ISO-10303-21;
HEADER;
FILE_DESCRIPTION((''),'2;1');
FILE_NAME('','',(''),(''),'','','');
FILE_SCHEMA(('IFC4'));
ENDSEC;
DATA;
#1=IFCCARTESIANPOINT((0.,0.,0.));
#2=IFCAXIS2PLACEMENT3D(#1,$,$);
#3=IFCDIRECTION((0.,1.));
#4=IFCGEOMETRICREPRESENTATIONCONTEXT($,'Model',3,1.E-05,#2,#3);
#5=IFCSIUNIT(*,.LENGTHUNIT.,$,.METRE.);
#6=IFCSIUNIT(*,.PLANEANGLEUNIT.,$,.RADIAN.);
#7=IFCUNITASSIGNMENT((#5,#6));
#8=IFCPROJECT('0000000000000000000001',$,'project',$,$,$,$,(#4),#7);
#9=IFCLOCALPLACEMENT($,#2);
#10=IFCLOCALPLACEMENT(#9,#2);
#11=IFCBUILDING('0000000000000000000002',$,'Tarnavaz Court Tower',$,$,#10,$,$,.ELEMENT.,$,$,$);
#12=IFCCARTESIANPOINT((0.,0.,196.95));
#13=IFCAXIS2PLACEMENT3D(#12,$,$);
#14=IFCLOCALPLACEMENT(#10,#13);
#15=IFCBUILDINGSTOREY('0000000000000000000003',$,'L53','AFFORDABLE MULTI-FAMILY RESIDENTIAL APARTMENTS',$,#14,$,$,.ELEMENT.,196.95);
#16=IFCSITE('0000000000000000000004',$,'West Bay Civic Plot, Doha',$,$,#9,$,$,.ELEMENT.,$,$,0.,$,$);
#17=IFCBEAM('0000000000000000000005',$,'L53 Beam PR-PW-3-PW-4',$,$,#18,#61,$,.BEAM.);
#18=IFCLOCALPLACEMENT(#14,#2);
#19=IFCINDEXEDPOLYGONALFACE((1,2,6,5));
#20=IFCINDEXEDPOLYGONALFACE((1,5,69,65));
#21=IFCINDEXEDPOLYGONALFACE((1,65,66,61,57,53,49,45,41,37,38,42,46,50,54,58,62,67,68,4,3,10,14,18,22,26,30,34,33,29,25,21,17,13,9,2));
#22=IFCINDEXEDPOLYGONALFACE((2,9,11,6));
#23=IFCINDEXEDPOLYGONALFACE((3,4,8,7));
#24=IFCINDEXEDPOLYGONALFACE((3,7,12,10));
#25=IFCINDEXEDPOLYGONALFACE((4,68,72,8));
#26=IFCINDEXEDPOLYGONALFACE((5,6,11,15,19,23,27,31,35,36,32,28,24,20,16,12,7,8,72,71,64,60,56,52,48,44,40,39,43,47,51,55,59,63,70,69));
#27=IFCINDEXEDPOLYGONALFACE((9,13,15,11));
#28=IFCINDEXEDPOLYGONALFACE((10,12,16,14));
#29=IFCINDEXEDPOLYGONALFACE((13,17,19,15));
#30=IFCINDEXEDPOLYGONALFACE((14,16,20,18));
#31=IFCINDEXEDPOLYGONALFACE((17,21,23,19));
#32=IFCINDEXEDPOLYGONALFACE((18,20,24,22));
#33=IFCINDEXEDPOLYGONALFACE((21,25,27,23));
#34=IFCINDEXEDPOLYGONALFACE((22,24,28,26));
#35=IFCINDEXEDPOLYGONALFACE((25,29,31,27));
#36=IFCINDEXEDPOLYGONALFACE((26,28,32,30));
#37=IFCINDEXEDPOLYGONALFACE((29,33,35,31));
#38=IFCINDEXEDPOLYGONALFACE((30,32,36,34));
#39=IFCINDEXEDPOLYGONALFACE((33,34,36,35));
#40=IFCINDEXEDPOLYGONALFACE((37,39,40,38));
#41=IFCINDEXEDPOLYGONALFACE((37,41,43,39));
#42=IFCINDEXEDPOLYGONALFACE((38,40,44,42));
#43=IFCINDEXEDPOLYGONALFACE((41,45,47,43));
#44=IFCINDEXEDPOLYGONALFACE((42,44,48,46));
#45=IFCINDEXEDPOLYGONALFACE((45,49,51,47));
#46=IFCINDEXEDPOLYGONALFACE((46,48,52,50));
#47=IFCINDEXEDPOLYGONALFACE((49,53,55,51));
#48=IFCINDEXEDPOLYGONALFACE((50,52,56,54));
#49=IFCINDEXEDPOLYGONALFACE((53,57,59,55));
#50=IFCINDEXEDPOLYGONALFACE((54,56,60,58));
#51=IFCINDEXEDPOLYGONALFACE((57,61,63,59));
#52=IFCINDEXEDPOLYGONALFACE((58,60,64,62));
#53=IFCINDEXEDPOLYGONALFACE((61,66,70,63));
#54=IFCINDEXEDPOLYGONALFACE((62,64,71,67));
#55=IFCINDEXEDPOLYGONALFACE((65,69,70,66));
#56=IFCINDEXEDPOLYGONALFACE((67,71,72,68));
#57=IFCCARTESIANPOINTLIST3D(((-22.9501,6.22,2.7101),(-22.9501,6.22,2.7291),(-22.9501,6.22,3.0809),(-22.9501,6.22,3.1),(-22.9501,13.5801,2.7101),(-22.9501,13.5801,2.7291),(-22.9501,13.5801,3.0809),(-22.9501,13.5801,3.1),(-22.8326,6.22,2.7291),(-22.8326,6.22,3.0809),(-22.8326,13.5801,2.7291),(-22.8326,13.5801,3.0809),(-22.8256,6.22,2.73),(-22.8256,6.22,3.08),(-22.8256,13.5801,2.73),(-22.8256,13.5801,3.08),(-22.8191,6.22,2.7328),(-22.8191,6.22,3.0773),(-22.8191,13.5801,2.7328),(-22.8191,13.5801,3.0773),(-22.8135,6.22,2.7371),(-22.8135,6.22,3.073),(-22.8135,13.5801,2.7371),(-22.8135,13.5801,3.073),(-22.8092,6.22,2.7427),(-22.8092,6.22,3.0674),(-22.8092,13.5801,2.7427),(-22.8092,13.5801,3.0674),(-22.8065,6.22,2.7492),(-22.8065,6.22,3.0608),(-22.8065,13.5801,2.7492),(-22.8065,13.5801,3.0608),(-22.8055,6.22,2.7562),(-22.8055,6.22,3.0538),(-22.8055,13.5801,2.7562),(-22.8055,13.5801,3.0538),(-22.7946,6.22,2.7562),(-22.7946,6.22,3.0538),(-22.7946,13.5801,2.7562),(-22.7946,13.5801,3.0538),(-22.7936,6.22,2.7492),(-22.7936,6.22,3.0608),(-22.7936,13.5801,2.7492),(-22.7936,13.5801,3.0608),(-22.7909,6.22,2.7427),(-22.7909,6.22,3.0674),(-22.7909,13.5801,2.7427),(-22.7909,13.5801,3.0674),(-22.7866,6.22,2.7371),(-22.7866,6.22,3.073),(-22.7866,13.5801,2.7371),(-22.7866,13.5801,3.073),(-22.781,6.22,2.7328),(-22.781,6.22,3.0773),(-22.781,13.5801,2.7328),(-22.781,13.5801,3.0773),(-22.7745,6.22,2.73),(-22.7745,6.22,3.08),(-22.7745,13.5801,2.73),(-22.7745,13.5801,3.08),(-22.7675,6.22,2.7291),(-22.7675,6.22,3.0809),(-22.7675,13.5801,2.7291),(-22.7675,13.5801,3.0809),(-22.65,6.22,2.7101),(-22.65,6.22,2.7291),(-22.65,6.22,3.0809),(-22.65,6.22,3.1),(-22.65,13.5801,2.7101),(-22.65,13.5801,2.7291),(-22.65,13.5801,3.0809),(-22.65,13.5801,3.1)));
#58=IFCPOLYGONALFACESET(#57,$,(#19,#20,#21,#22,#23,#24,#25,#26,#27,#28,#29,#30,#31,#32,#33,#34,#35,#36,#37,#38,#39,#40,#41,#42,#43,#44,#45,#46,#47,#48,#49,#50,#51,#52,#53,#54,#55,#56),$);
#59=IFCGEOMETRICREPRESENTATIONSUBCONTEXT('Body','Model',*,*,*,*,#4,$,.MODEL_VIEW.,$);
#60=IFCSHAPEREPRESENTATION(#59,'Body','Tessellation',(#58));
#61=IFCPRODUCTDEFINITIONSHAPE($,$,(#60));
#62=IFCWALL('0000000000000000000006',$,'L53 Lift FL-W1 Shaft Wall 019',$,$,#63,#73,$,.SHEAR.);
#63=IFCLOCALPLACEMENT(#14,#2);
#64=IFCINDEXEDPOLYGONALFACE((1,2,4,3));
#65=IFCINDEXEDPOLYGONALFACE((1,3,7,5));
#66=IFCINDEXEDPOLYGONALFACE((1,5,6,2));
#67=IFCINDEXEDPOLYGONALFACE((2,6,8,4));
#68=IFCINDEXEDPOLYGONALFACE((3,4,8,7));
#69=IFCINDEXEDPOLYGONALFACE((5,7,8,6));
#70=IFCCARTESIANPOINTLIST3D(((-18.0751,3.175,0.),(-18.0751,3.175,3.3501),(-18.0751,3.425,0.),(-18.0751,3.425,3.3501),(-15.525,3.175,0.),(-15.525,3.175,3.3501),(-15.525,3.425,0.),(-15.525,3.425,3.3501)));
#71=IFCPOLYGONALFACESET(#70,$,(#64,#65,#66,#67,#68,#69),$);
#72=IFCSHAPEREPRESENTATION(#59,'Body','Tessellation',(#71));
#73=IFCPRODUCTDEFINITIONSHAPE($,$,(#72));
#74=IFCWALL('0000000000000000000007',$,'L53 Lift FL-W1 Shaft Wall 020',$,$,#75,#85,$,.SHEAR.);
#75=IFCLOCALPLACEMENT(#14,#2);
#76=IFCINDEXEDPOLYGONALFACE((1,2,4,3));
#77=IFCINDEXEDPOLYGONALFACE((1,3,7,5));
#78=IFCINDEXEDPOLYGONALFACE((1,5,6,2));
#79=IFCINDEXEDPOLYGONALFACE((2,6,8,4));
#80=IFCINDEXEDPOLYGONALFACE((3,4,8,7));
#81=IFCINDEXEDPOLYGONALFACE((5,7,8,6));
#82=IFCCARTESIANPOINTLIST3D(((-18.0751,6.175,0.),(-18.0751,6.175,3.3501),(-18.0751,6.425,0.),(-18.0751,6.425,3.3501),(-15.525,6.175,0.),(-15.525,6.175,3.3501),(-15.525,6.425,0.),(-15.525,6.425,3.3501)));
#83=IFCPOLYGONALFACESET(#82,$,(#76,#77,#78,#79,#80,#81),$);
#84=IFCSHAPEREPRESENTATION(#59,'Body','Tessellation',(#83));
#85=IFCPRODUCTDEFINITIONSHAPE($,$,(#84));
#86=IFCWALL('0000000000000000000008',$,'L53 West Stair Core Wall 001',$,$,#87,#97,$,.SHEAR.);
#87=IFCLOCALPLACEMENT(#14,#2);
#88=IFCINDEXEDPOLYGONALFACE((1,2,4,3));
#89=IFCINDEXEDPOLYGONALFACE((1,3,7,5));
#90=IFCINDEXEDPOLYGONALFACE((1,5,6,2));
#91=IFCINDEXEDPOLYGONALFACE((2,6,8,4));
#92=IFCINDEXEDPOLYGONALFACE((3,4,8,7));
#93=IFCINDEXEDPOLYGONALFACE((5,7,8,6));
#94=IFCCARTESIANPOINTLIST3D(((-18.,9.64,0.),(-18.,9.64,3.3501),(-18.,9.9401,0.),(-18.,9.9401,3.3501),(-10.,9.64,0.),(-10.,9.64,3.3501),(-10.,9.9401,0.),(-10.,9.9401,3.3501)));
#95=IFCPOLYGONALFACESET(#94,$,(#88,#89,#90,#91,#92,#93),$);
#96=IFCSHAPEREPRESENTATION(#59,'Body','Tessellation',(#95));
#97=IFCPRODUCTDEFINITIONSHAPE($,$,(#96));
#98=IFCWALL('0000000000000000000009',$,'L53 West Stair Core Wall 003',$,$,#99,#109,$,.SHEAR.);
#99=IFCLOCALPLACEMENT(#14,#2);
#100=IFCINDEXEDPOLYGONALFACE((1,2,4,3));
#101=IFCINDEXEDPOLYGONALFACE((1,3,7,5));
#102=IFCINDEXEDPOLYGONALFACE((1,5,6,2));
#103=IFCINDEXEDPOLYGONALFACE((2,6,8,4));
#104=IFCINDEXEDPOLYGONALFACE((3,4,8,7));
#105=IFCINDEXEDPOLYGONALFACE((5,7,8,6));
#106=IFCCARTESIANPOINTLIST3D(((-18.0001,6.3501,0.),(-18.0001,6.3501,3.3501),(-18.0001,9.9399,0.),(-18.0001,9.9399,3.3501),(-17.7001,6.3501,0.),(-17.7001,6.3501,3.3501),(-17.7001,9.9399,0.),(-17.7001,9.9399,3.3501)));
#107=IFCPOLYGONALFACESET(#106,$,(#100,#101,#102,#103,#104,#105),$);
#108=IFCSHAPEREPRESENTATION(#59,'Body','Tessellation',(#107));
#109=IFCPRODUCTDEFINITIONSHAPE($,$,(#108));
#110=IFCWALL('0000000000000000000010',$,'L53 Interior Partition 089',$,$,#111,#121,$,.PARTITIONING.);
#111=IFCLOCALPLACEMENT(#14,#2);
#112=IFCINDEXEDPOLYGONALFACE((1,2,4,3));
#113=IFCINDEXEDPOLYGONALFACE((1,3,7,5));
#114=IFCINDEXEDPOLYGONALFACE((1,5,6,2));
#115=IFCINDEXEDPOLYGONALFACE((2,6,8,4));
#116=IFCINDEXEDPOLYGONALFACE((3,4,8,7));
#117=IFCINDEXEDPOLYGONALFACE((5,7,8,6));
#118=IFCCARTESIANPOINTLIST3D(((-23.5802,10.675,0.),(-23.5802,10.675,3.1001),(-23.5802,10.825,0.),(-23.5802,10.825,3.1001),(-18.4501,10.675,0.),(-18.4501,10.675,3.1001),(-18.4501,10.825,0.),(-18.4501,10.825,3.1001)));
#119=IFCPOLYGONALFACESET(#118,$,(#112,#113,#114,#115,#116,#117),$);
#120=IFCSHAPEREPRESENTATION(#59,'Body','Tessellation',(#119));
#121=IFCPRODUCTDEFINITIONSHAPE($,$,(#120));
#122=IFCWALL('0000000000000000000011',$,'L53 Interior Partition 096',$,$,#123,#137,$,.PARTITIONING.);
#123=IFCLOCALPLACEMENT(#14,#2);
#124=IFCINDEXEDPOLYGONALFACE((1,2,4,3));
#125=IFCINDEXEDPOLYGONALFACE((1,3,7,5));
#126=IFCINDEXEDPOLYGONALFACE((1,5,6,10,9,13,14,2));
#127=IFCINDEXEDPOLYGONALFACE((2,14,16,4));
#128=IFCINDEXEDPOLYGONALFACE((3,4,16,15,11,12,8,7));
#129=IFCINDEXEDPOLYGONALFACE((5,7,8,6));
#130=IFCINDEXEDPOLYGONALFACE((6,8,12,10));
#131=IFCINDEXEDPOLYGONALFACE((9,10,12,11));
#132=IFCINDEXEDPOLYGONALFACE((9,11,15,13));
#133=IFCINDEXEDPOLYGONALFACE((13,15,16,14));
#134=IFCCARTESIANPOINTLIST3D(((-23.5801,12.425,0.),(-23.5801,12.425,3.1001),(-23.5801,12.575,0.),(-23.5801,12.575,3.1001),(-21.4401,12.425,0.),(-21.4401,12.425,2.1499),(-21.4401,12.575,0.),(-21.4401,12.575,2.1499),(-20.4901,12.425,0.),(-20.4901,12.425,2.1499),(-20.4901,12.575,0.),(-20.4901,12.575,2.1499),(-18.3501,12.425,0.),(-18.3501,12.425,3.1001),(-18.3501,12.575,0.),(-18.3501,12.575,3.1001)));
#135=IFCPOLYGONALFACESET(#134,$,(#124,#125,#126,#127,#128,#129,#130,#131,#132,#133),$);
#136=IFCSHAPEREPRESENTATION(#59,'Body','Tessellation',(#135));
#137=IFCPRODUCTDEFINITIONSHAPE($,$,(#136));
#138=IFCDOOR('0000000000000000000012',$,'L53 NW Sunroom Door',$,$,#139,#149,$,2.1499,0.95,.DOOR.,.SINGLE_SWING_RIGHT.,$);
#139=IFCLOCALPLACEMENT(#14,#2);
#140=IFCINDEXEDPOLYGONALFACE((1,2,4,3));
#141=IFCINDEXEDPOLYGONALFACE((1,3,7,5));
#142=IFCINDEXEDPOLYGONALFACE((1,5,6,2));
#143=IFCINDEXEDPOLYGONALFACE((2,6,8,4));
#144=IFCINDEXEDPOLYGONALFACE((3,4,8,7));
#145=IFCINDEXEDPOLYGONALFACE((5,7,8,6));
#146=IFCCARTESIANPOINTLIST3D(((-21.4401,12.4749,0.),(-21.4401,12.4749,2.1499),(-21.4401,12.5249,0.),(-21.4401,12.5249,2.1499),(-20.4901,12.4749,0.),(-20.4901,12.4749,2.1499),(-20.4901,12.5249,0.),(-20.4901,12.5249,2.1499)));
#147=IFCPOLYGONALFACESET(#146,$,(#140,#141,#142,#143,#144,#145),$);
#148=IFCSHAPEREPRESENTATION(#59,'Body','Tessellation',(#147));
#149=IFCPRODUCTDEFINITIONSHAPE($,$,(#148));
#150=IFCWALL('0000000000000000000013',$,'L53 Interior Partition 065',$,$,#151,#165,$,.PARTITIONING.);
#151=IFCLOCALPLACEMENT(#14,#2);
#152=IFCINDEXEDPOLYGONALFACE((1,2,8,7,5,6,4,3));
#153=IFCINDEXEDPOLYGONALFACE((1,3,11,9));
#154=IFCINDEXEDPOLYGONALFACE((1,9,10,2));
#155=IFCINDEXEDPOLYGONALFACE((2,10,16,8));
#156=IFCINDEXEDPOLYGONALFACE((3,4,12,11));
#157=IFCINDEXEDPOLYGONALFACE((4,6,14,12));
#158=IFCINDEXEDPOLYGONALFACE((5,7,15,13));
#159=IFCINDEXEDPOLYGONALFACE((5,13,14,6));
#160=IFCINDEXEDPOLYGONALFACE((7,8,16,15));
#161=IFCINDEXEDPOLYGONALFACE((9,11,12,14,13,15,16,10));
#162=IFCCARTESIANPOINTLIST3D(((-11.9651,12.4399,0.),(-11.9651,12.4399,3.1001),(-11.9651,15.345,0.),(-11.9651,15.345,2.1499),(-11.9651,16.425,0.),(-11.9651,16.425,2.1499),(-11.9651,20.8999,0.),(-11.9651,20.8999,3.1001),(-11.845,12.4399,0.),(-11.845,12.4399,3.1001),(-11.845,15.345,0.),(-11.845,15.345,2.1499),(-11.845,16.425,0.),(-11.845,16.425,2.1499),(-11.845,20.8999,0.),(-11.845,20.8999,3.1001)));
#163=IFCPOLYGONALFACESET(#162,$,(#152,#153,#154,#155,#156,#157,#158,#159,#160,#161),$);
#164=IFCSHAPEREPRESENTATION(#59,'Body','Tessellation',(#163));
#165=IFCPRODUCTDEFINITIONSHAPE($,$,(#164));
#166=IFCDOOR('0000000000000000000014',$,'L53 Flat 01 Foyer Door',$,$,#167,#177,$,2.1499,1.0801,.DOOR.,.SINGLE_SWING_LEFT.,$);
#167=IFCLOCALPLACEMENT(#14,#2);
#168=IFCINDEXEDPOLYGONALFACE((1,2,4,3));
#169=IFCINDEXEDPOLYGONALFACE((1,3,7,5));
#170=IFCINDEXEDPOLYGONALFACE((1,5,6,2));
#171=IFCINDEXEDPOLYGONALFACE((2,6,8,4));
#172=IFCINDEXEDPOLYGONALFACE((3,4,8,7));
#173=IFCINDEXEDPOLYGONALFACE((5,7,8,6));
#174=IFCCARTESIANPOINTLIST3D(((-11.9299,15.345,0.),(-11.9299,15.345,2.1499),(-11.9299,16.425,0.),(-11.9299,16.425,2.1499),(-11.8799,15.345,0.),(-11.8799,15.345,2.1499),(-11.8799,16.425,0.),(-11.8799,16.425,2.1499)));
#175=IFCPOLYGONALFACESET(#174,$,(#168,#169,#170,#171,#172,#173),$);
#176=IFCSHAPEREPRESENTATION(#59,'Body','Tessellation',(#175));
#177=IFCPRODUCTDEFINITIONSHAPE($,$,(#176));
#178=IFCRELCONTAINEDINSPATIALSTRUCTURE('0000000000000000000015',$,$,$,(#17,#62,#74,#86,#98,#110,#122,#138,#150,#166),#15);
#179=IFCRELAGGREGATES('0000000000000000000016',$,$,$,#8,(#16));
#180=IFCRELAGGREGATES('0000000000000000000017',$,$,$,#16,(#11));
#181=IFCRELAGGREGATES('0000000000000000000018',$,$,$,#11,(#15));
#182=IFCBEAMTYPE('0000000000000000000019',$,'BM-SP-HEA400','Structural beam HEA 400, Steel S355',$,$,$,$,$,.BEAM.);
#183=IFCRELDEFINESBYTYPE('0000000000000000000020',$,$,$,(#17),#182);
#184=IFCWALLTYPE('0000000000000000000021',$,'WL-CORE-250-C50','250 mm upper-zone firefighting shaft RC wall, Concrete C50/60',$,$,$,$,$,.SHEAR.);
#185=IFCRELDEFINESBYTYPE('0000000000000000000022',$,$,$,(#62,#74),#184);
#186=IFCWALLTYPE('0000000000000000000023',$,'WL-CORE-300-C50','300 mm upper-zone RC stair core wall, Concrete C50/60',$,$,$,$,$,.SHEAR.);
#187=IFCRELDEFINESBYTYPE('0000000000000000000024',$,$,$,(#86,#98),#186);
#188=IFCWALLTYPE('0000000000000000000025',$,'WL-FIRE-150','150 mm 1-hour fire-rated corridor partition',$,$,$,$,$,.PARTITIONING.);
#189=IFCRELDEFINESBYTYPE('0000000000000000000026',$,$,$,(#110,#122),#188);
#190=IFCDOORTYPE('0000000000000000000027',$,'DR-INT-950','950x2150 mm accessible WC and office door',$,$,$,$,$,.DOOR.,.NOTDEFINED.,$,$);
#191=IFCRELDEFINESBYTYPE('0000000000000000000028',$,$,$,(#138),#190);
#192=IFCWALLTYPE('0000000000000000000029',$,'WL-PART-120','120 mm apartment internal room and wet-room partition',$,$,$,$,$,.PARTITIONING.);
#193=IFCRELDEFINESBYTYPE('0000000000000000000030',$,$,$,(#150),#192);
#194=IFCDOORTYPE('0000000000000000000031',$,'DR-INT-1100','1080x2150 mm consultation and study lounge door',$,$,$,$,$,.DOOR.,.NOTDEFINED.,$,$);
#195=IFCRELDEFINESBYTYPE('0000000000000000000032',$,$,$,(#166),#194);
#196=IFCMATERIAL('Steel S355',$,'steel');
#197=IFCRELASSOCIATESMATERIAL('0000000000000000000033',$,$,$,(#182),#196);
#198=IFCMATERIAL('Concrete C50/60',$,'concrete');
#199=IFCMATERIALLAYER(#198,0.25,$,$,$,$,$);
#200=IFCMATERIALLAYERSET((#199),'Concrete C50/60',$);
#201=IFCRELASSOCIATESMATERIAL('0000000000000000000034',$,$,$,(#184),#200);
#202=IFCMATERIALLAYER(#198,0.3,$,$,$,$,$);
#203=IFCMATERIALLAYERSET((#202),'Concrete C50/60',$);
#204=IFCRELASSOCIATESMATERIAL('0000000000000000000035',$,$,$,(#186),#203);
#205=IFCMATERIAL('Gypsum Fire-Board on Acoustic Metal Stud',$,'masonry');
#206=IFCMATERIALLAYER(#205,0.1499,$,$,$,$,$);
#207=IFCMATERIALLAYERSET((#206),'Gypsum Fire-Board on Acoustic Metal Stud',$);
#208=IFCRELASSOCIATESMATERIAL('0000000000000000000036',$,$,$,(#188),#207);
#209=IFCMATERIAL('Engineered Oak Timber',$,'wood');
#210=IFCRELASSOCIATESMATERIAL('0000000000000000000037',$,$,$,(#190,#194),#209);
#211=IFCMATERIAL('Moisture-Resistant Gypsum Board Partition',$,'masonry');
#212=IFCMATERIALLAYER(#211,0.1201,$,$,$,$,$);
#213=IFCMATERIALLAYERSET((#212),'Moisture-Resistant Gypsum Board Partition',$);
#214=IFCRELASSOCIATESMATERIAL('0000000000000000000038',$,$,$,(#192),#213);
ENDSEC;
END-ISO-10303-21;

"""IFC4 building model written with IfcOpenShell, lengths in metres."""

from ifc_helpers import new_model, si_unit, direction, frame, frame_2d, origin, origin_2d, place, context, subcontext, project, spatial, rectangle, i_section, extrude, material, layer, layer_set, material_profile, profile_set, type_object, element, fill, save


model = new_model("IFC4")

# Units and contexts
model_context = context("Model", 3, precision=1e-05, world=origin(), true_north=direction((0.0, 1.0)))
body_context = subcontext(model_context, "Body", "Model", "MODEL_VIEW")
ifc_project = project(units=[si_unit("LENGTHUNIT", "METRE"), si_unit("PLANEANGLEUNIT", "RADIAN")], contexts=[model_context])

# Site, building, storey
site_placement = place(None, origin())
site = spatial("IfcSite", under=ifc_project, at=site_placement, Name="West Bay Civic Plot, Doha", CompositionType="ELEMENT", RefElevation=0.0)
building_placement = place(site_placement, origin())
building = spatial("IfcBuilding", under=site, at=building_placement, Name="Tarnavaz Court Tower", CompositionType="ELEMENT")
storey_placement = place(building_placement, frame((0.0, 0.0, 196.95)))
storey = spatial("IfcBuildingStorey", under=building, at=storey_placement, Name="L53", Description="AFFORDABLE MULTI-FAMILY RESIDENTIAL APARTMENTS", CompositionType="ELEMENT", Elevation=196.95)

# Shared definitions
ifc_material_1 = material(Name="Concrete C50/60", Category="concrete")

# Beam
ifc_material_2 = material(Name="Steel S355", Category="steel")
ifc_material_profile_1 = material_profile(ifc_material_2, i_section(OverallWidth=0.3, OverallDepth=0.3899, WebThickness=0.011, FlangeThickness=0.019, FilletRadius=0.0271, at=origin_2d()), Name="HEA 400")
ifc_profile_set_1 = profile_set([ifc_material_profile_1], Name="Steel S355")
beam_type_1 = type_object("IfcBeamType", Name="BM-SP-HEA400", Description="Structural beam HEA 400, Steel S355", PredefinedType="BEAM", material=ifc_profile_set_1)
beam_1_placement = place(storey_placement, frame((-22.8, 6.22, 2.905), z_axis=(0.0, 1.0, 0.0), x_axis=(-1.0, 0.0, 0.0)))
element("IfcBeam", 1, at=beam_1_placement, inside=storey, type_object=beam_type_1, Name="L53 Beam PR-PW-3-PW-4", PredefinedType="BEAM", context=body_context, shape_type="SweptSolid", body=[
    extrude(i_section(OverallWidth=0.3, OverallDepth=0.3899, WebThickness=0.011, FlangeThickness=0.019, FilletRadius=0.0271, at=origin_2d()), origin(), (0.0, 0.0, 1.0), 7.3601),
])

# Walls
ifc_layer_1 = layer(ifc_material_1, 0.25)
ifc_layer_set_1 = layer_set([ifc_layer_1], Name="Concrete C50/60")
wall_type_1 = type_object("IfcWallType", Name="WL-CORE-250-C50", Description="250 mm upper-zone firefighting shaft RC wall, Concrete C50/60", PredefinedType="SHEAR", material=ifc_layer_set_1)
for number, where, z_axis, x_axis, name in (
    (2, (-18.075, 3.3, 0.0), (0.0, 0.0, 1.0), (1.0, 0.0, 0.0), "L53 Lift FL-W1 Shaft Wall 019"),
    (3, (-18.075, 6.3, 0.0), (0.0, 0.0, 1.0), (1.0, 0.0, 0.0), "L53 Lift FL-W1 Shaft Wall 020"),
):
    element("IfcWall", number, at=place(storey_placement, frame(where, z_axis=z_axis, x_axis=x_axis)), inside=storey, type_object=wall_type_1, Name=name, PredefinedType="SHEAR", context=body_context, shape_type="SweptSolid", body=[
        extrude(rectangle(XDim=2.55, YDim=0.25, at=frame_2d((1.2749, 0.0))), origin(), (0.0, 0.0, 1.0), 3.3501),
    ])
ifc_layer_2 = layer(ifc_material_1, 0.3)
ifc_layer_set_2 = layer_set([ifc_layer_2], Name="Concrete C50/60")
wall_type_2 = type_object("IfcWallType", Name="WL-CORE-300-C50", Description="300 mm upper-zone RC stair core wall, Concrete C50/60", PredefinedType="SHEAR", material=ifc_layer_set_2)
wall_1_placement = place(storey_placement, frame((-18.0, 9.79, 0.0), z_axis=(0.0, 0.0, 1.0), x_axis=(1.0, 0.0, 0.0)))
element("IfcWall", 4, at=wall_1_placement, inside=storey, type_object=wall_type_2, Name="L53 West Stair Core Wall 001", PredefinedType="SHEAR", context=body_context, shape_type="SweptSolid", body=[
    extrude(rectangle(XDim=8.0, YDim=0.3, at=frame_2d((4.0, 0.0))), origin(), (0.0, 0.0, 1.0), 3.3501),
])

# Walls
wall_2_placement = place(storey_placement, frame((-17.8501, 6.3501, 0.0), z_axis=(0.0, 0.0, 1.0), x_axis=(0.0, 1.0, 0.0)))
element("IfcWall", 5, at=wall_2_placement, inside=storey, type_object=wall_type_2, Name="L53 West Stair Core Wall 003", PredefinedType="SHEAR", context=body_context, shape_type="SweptSolid", body=[
    extrude(rectangle(XDim=3.5898, YDim=0.3, at=frame_2d((1.7949, 0.0))), origin(), (0.0, 0.0, 1.0), 3.3501),
])
ifc_material_3 = material(Name="Gypsum Fire-Board on Acoustic Metal Stud", Category="masonry")
ifc_layer_3 = layer(ifc_material_3, 0.1499)
ifc_layer_set_3 = layer_set([ifc_layer_3], Name="Gypsum Fire-Board on Acoustic Metal Stud")
wall_type_3 = type_object("IfcWallType", Name="WL-FIRE-150", Description="150 mm 1-hour fire-rated corridor partition", PredefinedType="PARTITIONING", material=ifc_layer_set_3)
wall_3_placement = place(storey_placement, frame((-23.5801, 10.75, 0.0), z_axis=(0.0, 0.0, 1.0), x_axis=(1.0, 0.0, 0.0)))
element("IfcWall", 6, at=wall_3_placement, inside=storey, type_object=wall_type_3, Name="L53 Interior Partition 089", PredefinedType="PARTITIONING", context=body_context, shape_type="SweptSolid", body=[
    extrude(rectangle(XDim=5.1301, YDim=0.1499, at=frame_2d((2.5649, 0.0))), origin(), (0.0, 0.0, 1.0), 3.1001),
])

# Walls, openings, doors
wall_4_placement = place(storey_placement, frame((-23.5801, 12.5, 0.0), z_axis=(0.0, 0.0, 1.0), x_axis=(1.0, 0.0, 0.0)))
wall_4 = element("IfcWall", 7, at=wall_4_placement, inside=storey, type_object=wall_type_3, Name="L53 Interior Partition 096", PredefinedType="PARTITIONING", context=body_context, shape_type="SweptSolid", body=[
    extrude(rectangle(XDim=5.23, YDim=0.1499, at=frame_2d((2.615, 0.0))), origin(), (0.0, 0.0, 1.0), 3.1001),
])
opening_1_placement = place(wall_4_placement, frame((2.1399, 0.0, 0.0)))
opening_1 = element("IfcOpeningElement", 8, at=opening_1_placement, cuts=wall_4, PredefinedType="OPENING", context=body_context, shape_type="SweptSolid", body=[
    extrude(rectangle(XDim=0.95, YDim=2.1499, at=frame_2d((0.4751, 1.075))), frame((0.0, 0.085, 0.0), z_axis=(0.0, -1.0, 0.0), x_axis=(1.0, 0.0, 0.0)), (0.0, 0.0, 1.0), 0.1699),
])
ifc_material_4 = material(Name="Engineered Oak Timber", Category="wood")
door_type_1 = type_object("IfcDoorType", Name="DR-INT-950", Description="950x2150 mm accessible WC and office door", OperationType="NOTDEFINED", PredefinedType="DOOR", material=ifc_material_4)
door_1_placement = place(opening_1_placement, origin())
door_1 = element("IfcDoor", 9, at=door_1_placement, inside=storey, type_object=door_type_1, Name="L53 NW Sunroom Door", OperationType="SINGLE_SWING_RIGHT", OverallHeight=2.1499, OverallWidth=0.95, PredefinedType="DOOR", context=body_context, shape_type="SweptSolid", body=[
    extrude(rectangle(XDim=0.95, YDim=2.1499, at=frame_2d((0.4751, 1.075))), frame((0.0, 0.0249, 0.0), z_axis=(0.0, -1.0, 0.0), x_axis=(1.0, 0.0, 0.0)), (0.0, 0.0, 1.0), 0.05),
])
fill(opening_1, door_1)
ifc_material_5 = material(Name="Moisture-Resistant Gypsum Board Partition", Category="masonry")
ifc_layer_4 = layer(ifc_material_5, 0.1201)
ifc_layer_set_4 = layer_set([ifc_layer_4], Name="Moisture-Resistant Gypsum Board Partition")
wall_type_4 = type_object("IfcWallType", Name="WL-PART-120", Description="120 mm apartment internal room and wet-room partition", PredefinedType="PARTITIONING", material=ifc_layer_set_4)
wall_5_placement = place(storey_placement, frame((-11.905, 12.4399, 0.0), z_axis=(0.0, 0.0, 1.0), x_axis=(0.0, 1.0, 0.0)))
wall_5 = element("IfcWall", 10, at=wall_5_placement, inside=storey, type_object=wall_type_4, Name="L53 Interior Partition 065", PredefinedType="PARTITIONING", context=body_context, shape_type="SweptSolid", body=[
    extrude(rectangle(XDim=8.46, YDim=0.1201, at=frame_2d((4.23, 0.0))), origin(), (0.0, 0.0, 1.0), 3.1001),
])
opening_2_placement = place(wall_5_placement, frame((2.905, 0.0, 0.0)))
opening_2 = element("IfcOpeningElement", 11, at=opening_2_placement, cuts=wall_5, PredefinedType="OPENING", context=body_context, shape_type="SweptSolid", body=[
    extrude(rectangle(XDim=1.0801, YDim=2.1499, at=frame_2d((0.54, 1.075))), frame((0.0, 0.0701, 0.0), z_axis=(0.0, -1.0, 0.0), x_axis=(1.0, 0.0, 0.0)), (0.0, 0.0, 1.0), 0.1401),
])
door_type_2 = type_object("IfcDoorType", Name="DR-INT-1100", Description="1080x2150 mm consultation and study lounge door", OperationType="NOTDEFINED", PredefinedType="DOOR", material=ifc_material_4)
door_2_placement = place(opening_2_placement, origin())
door_2 = element("IfcDoor", 12, at=door_2_placement, inside=storey, type_object=door_type_2, Name="L53 Flat 01 Foyer Door", OperationType="SINGLE_SWING_LEFT", OverallHeight=2.1499, OverallWidth=1.0801, PredefinedType="DOOR", context=body_context, shape_type="SweptSolid", body=[
    extrude(rectangle(XDim=1.0801, YDim=2.1499, at=frame_2d((0.54, 1.075))), frame((0.0, 0.0249, 0.0), z_axis=(0.0, -1.0, 0.0), x_axis=(1.0, 0.0, 0.0)), (0.0, 0.0, 1.0), 0.05),
])
fill(opening_2, door_2)

save(model, "model.ifc")
